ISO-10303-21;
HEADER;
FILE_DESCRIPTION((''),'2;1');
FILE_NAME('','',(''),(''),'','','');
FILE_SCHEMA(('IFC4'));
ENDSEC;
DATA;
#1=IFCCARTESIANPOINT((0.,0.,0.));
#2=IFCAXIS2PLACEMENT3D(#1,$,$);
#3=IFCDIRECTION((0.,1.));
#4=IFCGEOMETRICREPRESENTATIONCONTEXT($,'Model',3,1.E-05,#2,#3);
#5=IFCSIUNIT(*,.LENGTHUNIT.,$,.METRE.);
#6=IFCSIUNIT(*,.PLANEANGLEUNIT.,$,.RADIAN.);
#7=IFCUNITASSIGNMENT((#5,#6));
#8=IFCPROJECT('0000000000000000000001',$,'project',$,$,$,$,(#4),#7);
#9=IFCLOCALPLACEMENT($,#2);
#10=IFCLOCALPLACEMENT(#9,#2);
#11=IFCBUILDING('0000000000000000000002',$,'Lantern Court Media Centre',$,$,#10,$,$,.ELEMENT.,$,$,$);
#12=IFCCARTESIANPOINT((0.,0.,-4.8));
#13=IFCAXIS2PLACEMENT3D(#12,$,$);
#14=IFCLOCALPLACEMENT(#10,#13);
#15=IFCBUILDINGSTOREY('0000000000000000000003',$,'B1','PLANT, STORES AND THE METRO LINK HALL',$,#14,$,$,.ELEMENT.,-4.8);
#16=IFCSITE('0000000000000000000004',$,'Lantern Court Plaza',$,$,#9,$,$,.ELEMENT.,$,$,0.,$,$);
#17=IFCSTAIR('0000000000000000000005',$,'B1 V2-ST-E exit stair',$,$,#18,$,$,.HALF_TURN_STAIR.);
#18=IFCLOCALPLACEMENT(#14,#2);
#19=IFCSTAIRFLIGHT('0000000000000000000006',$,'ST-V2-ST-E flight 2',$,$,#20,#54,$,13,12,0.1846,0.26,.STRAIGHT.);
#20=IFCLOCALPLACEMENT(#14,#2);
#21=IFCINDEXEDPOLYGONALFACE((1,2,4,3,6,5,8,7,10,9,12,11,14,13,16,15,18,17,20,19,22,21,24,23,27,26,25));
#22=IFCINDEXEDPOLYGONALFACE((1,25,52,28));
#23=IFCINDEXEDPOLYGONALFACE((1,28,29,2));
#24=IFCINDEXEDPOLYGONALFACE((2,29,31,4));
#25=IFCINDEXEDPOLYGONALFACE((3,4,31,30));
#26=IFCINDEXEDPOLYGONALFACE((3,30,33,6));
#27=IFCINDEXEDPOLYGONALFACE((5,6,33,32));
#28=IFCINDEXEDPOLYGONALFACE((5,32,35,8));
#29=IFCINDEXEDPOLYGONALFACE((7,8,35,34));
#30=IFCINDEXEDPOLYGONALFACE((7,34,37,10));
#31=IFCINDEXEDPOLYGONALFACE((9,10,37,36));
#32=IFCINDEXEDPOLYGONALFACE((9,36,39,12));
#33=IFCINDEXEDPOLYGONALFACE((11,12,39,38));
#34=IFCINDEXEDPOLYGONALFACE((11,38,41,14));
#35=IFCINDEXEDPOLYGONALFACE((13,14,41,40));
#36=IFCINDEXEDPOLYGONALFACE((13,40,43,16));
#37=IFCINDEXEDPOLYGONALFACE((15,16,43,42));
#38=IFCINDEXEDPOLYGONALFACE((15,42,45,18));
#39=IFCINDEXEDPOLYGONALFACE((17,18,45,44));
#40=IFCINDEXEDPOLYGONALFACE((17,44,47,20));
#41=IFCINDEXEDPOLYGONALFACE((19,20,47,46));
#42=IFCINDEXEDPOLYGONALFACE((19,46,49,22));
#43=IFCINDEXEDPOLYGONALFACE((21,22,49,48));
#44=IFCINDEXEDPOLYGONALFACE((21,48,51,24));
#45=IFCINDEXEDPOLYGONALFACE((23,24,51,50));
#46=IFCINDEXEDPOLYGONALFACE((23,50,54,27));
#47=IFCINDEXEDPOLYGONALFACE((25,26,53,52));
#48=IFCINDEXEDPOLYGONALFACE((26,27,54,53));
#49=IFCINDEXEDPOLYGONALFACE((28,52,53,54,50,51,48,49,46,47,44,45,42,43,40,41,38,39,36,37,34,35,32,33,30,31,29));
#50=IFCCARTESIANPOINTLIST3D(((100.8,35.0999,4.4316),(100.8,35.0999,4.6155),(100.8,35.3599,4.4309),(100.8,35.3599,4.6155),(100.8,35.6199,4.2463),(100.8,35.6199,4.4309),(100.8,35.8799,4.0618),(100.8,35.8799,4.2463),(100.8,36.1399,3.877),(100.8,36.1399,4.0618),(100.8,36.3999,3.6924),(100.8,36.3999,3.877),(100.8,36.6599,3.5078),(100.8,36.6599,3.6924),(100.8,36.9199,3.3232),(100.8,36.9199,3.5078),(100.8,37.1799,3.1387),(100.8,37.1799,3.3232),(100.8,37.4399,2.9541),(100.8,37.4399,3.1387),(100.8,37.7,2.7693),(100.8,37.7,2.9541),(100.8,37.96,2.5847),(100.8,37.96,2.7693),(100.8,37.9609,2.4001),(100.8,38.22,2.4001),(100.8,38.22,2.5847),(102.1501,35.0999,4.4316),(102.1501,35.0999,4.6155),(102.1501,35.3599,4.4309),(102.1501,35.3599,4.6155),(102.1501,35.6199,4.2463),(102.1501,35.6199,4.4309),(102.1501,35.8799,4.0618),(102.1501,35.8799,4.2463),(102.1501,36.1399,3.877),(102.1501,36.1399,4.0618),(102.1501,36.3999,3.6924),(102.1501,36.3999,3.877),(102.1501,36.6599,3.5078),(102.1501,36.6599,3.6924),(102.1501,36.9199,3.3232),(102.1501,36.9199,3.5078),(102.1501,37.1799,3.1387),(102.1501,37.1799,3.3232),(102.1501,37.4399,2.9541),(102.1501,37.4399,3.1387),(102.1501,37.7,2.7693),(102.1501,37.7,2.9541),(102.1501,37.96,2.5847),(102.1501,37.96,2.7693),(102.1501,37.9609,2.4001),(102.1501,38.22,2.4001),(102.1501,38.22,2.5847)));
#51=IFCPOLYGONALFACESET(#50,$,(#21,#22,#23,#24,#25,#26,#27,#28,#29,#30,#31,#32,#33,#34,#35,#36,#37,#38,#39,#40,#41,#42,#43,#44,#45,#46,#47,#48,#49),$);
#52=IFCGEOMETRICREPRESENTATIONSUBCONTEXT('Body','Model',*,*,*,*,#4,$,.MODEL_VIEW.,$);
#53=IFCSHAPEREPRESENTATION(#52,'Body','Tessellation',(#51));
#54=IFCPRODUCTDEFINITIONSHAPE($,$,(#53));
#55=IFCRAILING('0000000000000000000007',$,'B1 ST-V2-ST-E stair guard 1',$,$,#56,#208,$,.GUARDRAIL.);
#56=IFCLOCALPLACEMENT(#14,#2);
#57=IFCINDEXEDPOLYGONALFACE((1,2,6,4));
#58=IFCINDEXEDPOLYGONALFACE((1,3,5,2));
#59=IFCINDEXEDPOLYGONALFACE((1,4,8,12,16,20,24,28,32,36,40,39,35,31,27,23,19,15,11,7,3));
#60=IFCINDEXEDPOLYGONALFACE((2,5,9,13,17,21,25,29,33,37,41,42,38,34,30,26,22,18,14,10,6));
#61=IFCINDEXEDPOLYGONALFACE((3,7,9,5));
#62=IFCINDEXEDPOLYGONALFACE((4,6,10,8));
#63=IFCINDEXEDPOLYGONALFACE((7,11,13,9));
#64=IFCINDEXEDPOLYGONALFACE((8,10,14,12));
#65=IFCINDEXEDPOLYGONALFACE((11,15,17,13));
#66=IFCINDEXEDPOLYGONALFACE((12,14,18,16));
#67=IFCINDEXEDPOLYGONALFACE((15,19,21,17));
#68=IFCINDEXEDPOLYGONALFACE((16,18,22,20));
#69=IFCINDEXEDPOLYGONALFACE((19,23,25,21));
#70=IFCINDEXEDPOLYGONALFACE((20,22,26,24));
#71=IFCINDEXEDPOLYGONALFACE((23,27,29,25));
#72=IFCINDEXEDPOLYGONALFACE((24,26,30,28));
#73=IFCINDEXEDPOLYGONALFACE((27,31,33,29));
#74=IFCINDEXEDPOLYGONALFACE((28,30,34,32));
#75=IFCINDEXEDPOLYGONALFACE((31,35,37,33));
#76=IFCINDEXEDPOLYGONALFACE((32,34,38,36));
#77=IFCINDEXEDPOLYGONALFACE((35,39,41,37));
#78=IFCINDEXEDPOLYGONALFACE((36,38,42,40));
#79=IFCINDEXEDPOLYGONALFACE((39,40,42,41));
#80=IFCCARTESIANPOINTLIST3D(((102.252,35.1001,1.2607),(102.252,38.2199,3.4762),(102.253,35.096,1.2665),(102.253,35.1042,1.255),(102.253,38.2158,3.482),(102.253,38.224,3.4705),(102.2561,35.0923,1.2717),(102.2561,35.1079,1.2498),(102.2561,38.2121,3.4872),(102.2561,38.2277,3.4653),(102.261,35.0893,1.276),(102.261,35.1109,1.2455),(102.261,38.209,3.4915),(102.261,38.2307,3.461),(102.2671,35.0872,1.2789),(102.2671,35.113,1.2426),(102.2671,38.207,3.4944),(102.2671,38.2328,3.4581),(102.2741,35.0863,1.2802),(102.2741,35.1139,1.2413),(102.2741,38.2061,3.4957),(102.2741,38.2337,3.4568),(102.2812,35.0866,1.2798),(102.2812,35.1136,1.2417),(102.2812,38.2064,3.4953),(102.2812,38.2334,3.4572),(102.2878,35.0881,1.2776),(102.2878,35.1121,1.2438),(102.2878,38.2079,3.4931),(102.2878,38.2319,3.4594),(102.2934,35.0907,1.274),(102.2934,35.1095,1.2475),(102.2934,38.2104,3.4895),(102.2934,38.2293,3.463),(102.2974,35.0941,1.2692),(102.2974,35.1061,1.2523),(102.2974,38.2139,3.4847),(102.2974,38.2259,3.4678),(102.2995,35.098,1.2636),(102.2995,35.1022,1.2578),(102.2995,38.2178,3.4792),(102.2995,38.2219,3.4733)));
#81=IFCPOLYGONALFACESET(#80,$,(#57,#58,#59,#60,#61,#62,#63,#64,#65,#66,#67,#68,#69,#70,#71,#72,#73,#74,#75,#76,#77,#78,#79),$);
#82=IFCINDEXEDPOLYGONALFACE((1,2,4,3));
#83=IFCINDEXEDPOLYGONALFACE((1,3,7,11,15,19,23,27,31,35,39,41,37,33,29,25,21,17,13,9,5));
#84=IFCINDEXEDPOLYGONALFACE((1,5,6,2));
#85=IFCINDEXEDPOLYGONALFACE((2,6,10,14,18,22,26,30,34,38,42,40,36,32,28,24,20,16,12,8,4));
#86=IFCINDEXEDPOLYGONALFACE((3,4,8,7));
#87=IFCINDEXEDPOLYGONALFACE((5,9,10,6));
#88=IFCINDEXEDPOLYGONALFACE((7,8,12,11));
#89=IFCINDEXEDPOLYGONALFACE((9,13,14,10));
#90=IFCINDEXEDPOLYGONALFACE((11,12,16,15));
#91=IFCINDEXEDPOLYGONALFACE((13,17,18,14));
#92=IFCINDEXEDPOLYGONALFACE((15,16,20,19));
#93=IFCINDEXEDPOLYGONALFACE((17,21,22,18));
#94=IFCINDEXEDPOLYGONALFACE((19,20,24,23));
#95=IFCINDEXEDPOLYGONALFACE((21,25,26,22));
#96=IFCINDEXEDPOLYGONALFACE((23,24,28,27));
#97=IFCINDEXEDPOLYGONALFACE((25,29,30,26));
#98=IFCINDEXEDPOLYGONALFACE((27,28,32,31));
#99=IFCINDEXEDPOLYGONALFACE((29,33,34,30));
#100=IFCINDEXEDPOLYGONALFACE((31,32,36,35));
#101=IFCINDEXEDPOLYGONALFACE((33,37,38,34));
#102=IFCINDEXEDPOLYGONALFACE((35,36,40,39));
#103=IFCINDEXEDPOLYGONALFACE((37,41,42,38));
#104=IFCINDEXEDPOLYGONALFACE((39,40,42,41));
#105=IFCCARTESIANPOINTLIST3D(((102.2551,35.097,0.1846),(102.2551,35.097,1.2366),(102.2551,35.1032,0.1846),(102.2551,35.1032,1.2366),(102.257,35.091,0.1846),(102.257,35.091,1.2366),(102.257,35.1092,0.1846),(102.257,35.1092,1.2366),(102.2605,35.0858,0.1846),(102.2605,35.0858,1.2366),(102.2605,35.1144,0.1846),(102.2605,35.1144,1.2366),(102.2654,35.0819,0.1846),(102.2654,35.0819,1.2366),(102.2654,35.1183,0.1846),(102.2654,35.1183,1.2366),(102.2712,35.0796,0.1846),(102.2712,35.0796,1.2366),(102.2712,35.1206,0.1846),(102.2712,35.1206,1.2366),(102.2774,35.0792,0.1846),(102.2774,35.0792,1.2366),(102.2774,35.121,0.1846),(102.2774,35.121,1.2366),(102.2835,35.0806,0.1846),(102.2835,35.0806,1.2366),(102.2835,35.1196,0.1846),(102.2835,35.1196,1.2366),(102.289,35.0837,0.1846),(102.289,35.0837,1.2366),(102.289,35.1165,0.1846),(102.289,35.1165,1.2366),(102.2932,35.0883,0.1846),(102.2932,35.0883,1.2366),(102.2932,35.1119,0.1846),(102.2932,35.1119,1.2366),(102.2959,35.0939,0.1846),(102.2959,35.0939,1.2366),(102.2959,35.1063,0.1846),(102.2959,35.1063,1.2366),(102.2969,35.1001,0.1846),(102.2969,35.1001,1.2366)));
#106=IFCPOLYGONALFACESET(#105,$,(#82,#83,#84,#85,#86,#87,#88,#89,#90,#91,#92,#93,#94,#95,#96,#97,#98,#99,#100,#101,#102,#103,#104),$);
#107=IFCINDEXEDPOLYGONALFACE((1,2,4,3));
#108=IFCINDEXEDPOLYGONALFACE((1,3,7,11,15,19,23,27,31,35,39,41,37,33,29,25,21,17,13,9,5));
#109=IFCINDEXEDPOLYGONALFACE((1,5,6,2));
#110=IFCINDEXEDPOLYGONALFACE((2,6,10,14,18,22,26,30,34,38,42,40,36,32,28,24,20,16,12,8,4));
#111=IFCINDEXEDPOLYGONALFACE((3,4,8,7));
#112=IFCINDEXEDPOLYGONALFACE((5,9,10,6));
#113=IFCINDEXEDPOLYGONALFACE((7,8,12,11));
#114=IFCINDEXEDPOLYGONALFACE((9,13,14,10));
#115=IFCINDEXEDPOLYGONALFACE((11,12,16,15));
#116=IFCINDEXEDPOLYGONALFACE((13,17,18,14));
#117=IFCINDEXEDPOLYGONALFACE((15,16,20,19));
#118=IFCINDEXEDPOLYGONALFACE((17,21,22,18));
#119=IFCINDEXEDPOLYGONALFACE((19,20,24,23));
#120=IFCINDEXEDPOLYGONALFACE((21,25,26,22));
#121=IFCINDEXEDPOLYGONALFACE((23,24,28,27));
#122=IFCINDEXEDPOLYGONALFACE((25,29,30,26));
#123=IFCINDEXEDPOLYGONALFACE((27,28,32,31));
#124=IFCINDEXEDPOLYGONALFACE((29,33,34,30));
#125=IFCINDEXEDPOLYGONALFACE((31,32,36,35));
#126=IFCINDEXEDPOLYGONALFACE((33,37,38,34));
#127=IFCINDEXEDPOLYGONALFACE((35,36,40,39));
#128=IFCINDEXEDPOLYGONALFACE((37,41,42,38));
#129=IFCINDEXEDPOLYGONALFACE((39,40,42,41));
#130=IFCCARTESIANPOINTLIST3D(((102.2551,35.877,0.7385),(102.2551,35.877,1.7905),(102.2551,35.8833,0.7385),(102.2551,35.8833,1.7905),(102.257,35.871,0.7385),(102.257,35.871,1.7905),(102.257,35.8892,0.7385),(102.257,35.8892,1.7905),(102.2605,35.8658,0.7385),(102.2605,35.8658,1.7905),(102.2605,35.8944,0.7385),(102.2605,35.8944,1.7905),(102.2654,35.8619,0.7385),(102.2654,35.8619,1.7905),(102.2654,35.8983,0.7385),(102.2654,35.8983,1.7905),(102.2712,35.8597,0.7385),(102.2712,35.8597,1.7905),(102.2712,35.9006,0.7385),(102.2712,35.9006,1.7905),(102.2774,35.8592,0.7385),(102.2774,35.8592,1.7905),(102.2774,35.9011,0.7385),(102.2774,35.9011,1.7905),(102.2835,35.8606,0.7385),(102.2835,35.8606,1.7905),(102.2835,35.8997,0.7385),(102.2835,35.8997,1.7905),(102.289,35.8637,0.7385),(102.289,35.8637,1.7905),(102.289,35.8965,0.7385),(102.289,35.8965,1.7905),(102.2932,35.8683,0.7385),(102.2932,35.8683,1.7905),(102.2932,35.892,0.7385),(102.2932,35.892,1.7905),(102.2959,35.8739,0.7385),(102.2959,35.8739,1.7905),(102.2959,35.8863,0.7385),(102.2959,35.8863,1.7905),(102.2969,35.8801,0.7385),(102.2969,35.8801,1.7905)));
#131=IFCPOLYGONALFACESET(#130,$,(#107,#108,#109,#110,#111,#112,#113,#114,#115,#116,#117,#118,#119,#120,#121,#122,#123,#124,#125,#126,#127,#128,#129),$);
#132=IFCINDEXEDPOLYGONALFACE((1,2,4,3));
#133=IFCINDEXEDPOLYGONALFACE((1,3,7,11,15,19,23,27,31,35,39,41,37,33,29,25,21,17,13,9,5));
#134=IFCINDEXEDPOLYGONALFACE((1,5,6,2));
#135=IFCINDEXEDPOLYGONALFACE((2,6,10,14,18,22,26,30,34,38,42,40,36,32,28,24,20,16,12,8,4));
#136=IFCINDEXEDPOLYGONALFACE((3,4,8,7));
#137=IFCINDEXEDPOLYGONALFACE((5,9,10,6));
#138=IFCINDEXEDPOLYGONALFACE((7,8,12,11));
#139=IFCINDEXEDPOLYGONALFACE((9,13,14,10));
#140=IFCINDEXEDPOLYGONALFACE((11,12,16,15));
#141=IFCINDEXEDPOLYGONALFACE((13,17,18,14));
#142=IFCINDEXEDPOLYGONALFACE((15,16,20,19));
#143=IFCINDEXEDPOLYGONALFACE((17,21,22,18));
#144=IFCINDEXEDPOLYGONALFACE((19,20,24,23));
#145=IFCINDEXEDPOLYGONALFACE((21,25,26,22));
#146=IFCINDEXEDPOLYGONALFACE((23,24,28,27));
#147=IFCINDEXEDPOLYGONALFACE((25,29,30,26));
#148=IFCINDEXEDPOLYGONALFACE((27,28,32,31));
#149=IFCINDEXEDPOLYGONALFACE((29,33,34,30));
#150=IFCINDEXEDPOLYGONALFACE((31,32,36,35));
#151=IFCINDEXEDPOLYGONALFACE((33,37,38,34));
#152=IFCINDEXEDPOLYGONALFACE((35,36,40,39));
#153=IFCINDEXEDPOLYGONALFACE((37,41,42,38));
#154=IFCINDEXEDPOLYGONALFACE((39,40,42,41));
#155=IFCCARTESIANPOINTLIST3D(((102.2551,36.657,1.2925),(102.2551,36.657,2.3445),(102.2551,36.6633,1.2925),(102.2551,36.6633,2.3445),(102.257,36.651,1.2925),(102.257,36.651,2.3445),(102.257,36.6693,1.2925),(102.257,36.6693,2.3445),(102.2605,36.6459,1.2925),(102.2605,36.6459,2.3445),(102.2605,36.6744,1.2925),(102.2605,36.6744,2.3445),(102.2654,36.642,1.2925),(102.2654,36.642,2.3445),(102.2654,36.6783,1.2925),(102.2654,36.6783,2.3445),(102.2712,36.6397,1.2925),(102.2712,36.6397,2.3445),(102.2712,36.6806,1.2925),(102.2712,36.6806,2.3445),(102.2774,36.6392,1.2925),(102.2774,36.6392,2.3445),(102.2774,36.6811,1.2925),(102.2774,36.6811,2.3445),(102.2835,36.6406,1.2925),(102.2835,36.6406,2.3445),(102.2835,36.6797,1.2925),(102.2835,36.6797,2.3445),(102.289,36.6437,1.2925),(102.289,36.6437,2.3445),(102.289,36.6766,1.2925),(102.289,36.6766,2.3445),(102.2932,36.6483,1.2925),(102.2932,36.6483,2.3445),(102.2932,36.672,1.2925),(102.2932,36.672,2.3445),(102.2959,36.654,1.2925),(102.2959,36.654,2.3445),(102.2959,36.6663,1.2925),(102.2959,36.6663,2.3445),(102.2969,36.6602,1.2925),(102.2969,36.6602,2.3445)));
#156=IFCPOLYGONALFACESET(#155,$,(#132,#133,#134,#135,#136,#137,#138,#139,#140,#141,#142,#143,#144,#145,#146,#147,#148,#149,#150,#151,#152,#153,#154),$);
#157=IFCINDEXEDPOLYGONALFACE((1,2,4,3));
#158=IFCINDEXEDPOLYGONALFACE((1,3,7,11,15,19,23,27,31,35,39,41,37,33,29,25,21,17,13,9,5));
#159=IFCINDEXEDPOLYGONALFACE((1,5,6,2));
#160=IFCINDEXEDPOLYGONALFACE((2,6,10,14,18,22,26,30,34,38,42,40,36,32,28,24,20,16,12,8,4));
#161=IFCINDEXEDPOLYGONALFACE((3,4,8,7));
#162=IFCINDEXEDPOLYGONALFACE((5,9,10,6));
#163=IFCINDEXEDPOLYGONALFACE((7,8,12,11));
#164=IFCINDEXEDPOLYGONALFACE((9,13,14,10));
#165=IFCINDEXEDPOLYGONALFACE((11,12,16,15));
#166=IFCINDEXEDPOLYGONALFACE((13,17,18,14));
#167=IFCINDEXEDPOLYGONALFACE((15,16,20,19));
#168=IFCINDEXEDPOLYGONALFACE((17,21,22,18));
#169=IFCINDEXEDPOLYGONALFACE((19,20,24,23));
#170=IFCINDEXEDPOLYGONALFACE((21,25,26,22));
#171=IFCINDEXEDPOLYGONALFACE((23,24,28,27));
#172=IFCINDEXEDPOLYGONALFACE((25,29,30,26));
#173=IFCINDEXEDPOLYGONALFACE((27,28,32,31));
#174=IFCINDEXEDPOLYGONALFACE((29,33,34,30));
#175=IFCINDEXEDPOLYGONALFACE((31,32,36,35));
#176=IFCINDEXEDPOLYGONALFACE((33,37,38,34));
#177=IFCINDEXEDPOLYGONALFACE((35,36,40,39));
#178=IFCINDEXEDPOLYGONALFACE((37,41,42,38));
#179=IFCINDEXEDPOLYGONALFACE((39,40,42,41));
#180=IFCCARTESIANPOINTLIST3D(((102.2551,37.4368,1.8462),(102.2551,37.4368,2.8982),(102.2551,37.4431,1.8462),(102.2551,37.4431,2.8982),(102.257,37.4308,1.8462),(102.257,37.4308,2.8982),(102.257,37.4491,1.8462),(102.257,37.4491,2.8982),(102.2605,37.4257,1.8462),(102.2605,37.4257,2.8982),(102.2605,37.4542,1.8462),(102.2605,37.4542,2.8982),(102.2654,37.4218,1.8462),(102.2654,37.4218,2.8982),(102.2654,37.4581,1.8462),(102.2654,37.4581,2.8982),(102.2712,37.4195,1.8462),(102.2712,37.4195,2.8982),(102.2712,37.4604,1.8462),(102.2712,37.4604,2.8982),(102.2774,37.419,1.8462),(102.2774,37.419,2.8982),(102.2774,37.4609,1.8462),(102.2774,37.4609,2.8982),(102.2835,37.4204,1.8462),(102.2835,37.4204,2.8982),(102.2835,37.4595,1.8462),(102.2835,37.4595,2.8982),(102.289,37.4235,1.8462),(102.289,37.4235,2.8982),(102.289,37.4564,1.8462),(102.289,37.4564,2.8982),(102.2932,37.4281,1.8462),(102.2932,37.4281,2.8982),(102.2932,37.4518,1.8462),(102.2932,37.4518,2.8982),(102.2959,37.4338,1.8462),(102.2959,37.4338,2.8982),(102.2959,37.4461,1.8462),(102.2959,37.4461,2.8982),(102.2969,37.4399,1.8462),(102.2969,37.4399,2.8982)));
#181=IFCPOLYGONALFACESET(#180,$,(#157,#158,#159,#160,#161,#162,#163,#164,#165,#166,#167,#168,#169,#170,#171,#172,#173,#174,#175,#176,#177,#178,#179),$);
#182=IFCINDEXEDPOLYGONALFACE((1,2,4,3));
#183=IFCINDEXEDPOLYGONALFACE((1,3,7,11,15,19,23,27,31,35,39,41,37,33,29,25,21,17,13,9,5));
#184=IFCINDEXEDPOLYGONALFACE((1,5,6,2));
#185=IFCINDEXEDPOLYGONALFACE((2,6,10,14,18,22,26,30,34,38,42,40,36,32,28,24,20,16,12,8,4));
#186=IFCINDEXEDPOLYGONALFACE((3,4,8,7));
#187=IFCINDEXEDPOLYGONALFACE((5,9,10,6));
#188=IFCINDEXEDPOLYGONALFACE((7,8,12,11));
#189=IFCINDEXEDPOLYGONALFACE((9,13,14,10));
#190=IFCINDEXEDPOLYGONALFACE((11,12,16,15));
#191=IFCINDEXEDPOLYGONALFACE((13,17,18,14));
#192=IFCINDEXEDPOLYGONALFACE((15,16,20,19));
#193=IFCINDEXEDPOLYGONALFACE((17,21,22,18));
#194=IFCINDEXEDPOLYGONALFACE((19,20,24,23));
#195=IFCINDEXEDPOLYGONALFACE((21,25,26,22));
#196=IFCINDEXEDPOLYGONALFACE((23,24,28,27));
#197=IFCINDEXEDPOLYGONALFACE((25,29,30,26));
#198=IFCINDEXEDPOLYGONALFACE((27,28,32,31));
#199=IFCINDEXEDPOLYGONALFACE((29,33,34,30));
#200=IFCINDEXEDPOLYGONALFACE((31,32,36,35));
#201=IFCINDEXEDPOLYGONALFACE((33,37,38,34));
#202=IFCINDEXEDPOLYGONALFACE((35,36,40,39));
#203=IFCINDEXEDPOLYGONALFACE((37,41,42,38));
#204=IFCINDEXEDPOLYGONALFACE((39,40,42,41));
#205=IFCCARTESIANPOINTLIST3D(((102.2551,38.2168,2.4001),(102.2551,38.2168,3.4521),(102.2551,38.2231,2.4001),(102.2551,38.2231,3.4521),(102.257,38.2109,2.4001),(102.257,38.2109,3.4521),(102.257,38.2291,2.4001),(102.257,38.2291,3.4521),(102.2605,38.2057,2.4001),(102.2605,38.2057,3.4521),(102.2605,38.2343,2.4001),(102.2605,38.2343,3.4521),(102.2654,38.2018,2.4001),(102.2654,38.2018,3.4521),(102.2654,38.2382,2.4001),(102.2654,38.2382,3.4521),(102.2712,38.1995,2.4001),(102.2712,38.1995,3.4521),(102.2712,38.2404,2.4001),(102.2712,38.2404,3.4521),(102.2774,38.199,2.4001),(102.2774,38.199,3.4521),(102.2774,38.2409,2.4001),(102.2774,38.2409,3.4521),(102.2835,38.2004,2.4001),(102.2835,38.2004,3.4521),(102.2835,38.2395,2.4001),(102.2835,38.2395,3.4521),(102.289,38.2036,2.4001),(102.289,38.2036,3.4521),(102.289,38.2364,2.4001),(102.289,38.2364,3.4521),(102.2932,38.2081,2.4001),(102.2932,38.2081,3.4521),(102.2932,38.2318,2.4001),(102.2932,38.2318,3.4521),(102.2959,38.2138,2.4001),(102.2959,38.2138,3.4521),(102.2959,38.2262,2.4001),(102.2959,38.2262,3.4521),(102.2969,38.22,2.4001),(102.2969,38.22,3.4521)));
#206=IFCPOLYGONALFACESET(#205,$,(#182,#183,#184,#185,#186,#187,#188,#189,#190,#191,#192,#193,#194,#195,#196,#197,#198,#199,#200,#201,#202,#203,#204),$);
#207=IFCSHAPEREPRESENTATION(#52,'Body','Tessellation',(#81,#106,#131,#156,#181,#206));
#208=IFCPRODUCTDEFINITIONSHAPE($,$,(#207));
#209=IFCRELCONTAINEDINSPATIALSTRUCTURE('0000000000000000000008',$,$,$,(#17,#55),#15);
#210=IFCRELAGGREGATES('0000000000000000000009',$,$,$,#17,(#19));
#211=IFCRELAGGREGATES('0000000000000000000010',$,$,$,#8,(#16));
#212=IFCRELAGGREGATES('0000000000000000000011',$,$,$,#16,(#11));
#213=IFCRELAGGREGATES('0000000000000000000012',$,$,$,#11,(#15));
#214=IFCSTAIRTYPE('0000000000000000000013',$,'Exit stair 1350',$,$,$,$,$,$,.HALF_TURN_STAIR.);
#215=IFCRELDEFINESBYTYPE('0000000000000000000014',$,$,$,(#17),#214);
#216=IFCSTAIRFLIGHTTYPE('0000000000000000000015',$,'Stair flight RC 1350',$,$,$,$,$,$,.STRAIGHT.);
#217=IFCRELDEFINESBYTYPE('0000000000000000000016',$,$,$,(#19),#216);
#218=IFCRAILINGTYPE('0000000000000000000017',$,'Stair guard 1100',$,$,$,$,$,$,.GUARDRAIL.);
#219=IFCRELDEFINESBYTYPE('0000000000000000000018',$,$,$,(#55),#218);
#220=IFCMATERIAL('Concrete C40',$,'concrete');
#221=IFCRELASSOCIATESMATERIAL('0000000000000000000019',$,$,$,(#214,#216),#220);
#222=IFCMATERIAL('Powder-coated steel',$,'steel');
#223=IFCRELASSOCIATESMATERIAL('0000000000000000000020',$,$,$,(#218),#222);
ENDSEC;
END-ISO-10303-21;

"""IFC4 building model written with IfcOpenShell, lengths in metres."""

from ifc_helpers import new_model, si_unit, direction, frame, origin, origin_2d, place, context, subcontext, project, spatial, polyline, circle, outline, extrude, material, type_object, element, aggregate, save


model = new_model("IFC4")

# Units and contexts
model_context = context("Model", 3, precision=1e-05, world=origin(), true_north=direction((0.0, 1.0)))
body_context = subcontext(model_context, "Body", "Model", "MODEL_VIEW")
ifc_project = project(units=[si_unit("LENGTHUNIT", "METRE"), si_unit("PLANEANGLEUNIT", "RADIAN")], contexts=[model_context])

# Site, building, storey
site_placement = place(None, origin())
site = spatial("IfcSite", under=ifc_project, at=site_placement, Name="Lantern Court Plaza", CompositionType="ELEMENT", RefElevation=0.0)
building_placement = place(site_placement, origin())
building = spatial("IfcBuilding", under=site, at=building_placement, Name="Lantern Court Media Centre", CompositionType="ELEMENT")
storey_placement = place(building_placement, frame((0.0, 0.0, -4.8)))
storey = spatial("IfcBuildingStorey", under=building, at=storey_placement, Name="B1", Description="PLANT, STORES AND THE METRO LINK HALL", CompositionType="ELEMENT", Elevation=-4.8)

# Shared definitions
ifc_material_1 = material(Name="Concrete C40", Category="concrete")

# Stair, stair flight
stair_type = type_object("IfcStairType", Name="Exit stair 1350", PredefinedType="HALF_TURN_STAIR", material=ifc_material_1)
stair_placement = place(storey_placement, origin())
stair = element("IfcStair", 1, at=stair_placement, inside=storey, type_object=stair_type, Name="B1 V2-ST-E exit stair", PredefinedType="HALF_TURN_STAIR")
stair_flight_type = type_object("IfcStairFlightType", Name="Stair flight RC 1350", PredefinedType="STRAIGHT", material=ifc_material_1)
stair_flight_1_placement = place(storey_placement, frame((101.4751, 38.22, 2.4001), z_axis=(0.0, 0.0, 1.0), x_axis=(0.0, -1.0, 0.0)))
stair_flight_1 = element("IfcStairFlight", 2, at=stair_flight_1_placement, type_object=stair_flight_type, Name="ST-V2-ST-E flight 2", NumberOfRisers=13, NumberOfTreads=12, PredefinedType="STRAIGHT", RiserHeight=0.1846, TreadLength=0.26, context=body_context, shape_type="SweptSolid", body=[
    extrude(outline(polyline([(0.0, 0.0), (0.0, 0.1846), (0.26, 0.1846), (0.26, 0.3691), (0.52, 0.3691), (0.52, 0.554), (0.78, 0.554), (0.78, 0.7385), (1.04, 0.7385), (1.04, 0.9231), (1.3, 0.9231), (1.3, 1.1077), (1.5601, 1.1077), (1.5601, 1.2922), (1.8201, 1.2922), (1.8201, 1.4768), (2.0801, 1.4768), (2.0801, 1.6616), (2.3401, 1.6616), (2.3401, 1.8462), (2.6001, 1.8462), (2.6001, 2.0308), (2.8601, 2.0308), (2.8601, 2.2153), (3.1201, 2.2153), (3.1201, 2.3999), (3.1201, 2.0315), (0.259, 0.0), (0.0, 0.0)])), frame((0.0, 0.675, 0.0), z_axis=(0.0, -1.0, 0.0), x_axis=(1.0, 0.0, 0.0)), (0.0, 0.0, 1.0), 1.3501),
])
aggregate(stair, [stair_flight_1])

# Railing
ifc_material_2 = material(Name="Powder-coated steel", Category="steel")
railing_type_1 = type_object("IfcRailingType", Name="Stair guard 1100", PredefinedType="GUARDRAIL", material=ifc_material_2)
railing_1_placement = place(storey_placement, frame((102.2759, 35.1001, 0.1846)))
element("IfcRailing", 3, at=railing_1_placement, inside=storey, type_object=railing_type_1, Name="B1 ST-V2-ST-E stair guard 1", PredefinedType="GUARDRAIL", context=body_context, shape_type="SweptSolid", body=[
    extrude(circle(Radius=0.0239, at=origin_2d()), frame((0.0, 0.0, 1.0762), z_axis=(0.0, 0.815325, 0.579003), x_axis=(-1.0, 0.0, 0.0)), (0.0, 0.0, 1.0), 3.8264),
    extrude(circle(Radius=0.021, at=origin_2d()), origin(), (0.0, 0.0, 1.0), 1.052),
    extrude(circle(Radius=0.021, at=origin_2d()), frame((0.0, 0.78, 0.554)), (0.0, 0.0, 1.0), 1.052),
    extrude(circle(Radius=0.021, at=origin_2d()), frame((0.0, 1.5601, 1.1079)), (0.0, 0.0, 1.0), 1.052),
    extrude(circle(Radius=0.021, at=origin_2d()), frame((0.0, 2.3398, 1.6616)), (0.0, 0.0, 1.0), 1.052),
    extrude(circle(Radius=0.021, at=origin_2d()), frame((0.0, 3.1199, 2.2156)), (0.0, 0.0, 1.0), 1.052),
])

save(model, "model.ifc")
